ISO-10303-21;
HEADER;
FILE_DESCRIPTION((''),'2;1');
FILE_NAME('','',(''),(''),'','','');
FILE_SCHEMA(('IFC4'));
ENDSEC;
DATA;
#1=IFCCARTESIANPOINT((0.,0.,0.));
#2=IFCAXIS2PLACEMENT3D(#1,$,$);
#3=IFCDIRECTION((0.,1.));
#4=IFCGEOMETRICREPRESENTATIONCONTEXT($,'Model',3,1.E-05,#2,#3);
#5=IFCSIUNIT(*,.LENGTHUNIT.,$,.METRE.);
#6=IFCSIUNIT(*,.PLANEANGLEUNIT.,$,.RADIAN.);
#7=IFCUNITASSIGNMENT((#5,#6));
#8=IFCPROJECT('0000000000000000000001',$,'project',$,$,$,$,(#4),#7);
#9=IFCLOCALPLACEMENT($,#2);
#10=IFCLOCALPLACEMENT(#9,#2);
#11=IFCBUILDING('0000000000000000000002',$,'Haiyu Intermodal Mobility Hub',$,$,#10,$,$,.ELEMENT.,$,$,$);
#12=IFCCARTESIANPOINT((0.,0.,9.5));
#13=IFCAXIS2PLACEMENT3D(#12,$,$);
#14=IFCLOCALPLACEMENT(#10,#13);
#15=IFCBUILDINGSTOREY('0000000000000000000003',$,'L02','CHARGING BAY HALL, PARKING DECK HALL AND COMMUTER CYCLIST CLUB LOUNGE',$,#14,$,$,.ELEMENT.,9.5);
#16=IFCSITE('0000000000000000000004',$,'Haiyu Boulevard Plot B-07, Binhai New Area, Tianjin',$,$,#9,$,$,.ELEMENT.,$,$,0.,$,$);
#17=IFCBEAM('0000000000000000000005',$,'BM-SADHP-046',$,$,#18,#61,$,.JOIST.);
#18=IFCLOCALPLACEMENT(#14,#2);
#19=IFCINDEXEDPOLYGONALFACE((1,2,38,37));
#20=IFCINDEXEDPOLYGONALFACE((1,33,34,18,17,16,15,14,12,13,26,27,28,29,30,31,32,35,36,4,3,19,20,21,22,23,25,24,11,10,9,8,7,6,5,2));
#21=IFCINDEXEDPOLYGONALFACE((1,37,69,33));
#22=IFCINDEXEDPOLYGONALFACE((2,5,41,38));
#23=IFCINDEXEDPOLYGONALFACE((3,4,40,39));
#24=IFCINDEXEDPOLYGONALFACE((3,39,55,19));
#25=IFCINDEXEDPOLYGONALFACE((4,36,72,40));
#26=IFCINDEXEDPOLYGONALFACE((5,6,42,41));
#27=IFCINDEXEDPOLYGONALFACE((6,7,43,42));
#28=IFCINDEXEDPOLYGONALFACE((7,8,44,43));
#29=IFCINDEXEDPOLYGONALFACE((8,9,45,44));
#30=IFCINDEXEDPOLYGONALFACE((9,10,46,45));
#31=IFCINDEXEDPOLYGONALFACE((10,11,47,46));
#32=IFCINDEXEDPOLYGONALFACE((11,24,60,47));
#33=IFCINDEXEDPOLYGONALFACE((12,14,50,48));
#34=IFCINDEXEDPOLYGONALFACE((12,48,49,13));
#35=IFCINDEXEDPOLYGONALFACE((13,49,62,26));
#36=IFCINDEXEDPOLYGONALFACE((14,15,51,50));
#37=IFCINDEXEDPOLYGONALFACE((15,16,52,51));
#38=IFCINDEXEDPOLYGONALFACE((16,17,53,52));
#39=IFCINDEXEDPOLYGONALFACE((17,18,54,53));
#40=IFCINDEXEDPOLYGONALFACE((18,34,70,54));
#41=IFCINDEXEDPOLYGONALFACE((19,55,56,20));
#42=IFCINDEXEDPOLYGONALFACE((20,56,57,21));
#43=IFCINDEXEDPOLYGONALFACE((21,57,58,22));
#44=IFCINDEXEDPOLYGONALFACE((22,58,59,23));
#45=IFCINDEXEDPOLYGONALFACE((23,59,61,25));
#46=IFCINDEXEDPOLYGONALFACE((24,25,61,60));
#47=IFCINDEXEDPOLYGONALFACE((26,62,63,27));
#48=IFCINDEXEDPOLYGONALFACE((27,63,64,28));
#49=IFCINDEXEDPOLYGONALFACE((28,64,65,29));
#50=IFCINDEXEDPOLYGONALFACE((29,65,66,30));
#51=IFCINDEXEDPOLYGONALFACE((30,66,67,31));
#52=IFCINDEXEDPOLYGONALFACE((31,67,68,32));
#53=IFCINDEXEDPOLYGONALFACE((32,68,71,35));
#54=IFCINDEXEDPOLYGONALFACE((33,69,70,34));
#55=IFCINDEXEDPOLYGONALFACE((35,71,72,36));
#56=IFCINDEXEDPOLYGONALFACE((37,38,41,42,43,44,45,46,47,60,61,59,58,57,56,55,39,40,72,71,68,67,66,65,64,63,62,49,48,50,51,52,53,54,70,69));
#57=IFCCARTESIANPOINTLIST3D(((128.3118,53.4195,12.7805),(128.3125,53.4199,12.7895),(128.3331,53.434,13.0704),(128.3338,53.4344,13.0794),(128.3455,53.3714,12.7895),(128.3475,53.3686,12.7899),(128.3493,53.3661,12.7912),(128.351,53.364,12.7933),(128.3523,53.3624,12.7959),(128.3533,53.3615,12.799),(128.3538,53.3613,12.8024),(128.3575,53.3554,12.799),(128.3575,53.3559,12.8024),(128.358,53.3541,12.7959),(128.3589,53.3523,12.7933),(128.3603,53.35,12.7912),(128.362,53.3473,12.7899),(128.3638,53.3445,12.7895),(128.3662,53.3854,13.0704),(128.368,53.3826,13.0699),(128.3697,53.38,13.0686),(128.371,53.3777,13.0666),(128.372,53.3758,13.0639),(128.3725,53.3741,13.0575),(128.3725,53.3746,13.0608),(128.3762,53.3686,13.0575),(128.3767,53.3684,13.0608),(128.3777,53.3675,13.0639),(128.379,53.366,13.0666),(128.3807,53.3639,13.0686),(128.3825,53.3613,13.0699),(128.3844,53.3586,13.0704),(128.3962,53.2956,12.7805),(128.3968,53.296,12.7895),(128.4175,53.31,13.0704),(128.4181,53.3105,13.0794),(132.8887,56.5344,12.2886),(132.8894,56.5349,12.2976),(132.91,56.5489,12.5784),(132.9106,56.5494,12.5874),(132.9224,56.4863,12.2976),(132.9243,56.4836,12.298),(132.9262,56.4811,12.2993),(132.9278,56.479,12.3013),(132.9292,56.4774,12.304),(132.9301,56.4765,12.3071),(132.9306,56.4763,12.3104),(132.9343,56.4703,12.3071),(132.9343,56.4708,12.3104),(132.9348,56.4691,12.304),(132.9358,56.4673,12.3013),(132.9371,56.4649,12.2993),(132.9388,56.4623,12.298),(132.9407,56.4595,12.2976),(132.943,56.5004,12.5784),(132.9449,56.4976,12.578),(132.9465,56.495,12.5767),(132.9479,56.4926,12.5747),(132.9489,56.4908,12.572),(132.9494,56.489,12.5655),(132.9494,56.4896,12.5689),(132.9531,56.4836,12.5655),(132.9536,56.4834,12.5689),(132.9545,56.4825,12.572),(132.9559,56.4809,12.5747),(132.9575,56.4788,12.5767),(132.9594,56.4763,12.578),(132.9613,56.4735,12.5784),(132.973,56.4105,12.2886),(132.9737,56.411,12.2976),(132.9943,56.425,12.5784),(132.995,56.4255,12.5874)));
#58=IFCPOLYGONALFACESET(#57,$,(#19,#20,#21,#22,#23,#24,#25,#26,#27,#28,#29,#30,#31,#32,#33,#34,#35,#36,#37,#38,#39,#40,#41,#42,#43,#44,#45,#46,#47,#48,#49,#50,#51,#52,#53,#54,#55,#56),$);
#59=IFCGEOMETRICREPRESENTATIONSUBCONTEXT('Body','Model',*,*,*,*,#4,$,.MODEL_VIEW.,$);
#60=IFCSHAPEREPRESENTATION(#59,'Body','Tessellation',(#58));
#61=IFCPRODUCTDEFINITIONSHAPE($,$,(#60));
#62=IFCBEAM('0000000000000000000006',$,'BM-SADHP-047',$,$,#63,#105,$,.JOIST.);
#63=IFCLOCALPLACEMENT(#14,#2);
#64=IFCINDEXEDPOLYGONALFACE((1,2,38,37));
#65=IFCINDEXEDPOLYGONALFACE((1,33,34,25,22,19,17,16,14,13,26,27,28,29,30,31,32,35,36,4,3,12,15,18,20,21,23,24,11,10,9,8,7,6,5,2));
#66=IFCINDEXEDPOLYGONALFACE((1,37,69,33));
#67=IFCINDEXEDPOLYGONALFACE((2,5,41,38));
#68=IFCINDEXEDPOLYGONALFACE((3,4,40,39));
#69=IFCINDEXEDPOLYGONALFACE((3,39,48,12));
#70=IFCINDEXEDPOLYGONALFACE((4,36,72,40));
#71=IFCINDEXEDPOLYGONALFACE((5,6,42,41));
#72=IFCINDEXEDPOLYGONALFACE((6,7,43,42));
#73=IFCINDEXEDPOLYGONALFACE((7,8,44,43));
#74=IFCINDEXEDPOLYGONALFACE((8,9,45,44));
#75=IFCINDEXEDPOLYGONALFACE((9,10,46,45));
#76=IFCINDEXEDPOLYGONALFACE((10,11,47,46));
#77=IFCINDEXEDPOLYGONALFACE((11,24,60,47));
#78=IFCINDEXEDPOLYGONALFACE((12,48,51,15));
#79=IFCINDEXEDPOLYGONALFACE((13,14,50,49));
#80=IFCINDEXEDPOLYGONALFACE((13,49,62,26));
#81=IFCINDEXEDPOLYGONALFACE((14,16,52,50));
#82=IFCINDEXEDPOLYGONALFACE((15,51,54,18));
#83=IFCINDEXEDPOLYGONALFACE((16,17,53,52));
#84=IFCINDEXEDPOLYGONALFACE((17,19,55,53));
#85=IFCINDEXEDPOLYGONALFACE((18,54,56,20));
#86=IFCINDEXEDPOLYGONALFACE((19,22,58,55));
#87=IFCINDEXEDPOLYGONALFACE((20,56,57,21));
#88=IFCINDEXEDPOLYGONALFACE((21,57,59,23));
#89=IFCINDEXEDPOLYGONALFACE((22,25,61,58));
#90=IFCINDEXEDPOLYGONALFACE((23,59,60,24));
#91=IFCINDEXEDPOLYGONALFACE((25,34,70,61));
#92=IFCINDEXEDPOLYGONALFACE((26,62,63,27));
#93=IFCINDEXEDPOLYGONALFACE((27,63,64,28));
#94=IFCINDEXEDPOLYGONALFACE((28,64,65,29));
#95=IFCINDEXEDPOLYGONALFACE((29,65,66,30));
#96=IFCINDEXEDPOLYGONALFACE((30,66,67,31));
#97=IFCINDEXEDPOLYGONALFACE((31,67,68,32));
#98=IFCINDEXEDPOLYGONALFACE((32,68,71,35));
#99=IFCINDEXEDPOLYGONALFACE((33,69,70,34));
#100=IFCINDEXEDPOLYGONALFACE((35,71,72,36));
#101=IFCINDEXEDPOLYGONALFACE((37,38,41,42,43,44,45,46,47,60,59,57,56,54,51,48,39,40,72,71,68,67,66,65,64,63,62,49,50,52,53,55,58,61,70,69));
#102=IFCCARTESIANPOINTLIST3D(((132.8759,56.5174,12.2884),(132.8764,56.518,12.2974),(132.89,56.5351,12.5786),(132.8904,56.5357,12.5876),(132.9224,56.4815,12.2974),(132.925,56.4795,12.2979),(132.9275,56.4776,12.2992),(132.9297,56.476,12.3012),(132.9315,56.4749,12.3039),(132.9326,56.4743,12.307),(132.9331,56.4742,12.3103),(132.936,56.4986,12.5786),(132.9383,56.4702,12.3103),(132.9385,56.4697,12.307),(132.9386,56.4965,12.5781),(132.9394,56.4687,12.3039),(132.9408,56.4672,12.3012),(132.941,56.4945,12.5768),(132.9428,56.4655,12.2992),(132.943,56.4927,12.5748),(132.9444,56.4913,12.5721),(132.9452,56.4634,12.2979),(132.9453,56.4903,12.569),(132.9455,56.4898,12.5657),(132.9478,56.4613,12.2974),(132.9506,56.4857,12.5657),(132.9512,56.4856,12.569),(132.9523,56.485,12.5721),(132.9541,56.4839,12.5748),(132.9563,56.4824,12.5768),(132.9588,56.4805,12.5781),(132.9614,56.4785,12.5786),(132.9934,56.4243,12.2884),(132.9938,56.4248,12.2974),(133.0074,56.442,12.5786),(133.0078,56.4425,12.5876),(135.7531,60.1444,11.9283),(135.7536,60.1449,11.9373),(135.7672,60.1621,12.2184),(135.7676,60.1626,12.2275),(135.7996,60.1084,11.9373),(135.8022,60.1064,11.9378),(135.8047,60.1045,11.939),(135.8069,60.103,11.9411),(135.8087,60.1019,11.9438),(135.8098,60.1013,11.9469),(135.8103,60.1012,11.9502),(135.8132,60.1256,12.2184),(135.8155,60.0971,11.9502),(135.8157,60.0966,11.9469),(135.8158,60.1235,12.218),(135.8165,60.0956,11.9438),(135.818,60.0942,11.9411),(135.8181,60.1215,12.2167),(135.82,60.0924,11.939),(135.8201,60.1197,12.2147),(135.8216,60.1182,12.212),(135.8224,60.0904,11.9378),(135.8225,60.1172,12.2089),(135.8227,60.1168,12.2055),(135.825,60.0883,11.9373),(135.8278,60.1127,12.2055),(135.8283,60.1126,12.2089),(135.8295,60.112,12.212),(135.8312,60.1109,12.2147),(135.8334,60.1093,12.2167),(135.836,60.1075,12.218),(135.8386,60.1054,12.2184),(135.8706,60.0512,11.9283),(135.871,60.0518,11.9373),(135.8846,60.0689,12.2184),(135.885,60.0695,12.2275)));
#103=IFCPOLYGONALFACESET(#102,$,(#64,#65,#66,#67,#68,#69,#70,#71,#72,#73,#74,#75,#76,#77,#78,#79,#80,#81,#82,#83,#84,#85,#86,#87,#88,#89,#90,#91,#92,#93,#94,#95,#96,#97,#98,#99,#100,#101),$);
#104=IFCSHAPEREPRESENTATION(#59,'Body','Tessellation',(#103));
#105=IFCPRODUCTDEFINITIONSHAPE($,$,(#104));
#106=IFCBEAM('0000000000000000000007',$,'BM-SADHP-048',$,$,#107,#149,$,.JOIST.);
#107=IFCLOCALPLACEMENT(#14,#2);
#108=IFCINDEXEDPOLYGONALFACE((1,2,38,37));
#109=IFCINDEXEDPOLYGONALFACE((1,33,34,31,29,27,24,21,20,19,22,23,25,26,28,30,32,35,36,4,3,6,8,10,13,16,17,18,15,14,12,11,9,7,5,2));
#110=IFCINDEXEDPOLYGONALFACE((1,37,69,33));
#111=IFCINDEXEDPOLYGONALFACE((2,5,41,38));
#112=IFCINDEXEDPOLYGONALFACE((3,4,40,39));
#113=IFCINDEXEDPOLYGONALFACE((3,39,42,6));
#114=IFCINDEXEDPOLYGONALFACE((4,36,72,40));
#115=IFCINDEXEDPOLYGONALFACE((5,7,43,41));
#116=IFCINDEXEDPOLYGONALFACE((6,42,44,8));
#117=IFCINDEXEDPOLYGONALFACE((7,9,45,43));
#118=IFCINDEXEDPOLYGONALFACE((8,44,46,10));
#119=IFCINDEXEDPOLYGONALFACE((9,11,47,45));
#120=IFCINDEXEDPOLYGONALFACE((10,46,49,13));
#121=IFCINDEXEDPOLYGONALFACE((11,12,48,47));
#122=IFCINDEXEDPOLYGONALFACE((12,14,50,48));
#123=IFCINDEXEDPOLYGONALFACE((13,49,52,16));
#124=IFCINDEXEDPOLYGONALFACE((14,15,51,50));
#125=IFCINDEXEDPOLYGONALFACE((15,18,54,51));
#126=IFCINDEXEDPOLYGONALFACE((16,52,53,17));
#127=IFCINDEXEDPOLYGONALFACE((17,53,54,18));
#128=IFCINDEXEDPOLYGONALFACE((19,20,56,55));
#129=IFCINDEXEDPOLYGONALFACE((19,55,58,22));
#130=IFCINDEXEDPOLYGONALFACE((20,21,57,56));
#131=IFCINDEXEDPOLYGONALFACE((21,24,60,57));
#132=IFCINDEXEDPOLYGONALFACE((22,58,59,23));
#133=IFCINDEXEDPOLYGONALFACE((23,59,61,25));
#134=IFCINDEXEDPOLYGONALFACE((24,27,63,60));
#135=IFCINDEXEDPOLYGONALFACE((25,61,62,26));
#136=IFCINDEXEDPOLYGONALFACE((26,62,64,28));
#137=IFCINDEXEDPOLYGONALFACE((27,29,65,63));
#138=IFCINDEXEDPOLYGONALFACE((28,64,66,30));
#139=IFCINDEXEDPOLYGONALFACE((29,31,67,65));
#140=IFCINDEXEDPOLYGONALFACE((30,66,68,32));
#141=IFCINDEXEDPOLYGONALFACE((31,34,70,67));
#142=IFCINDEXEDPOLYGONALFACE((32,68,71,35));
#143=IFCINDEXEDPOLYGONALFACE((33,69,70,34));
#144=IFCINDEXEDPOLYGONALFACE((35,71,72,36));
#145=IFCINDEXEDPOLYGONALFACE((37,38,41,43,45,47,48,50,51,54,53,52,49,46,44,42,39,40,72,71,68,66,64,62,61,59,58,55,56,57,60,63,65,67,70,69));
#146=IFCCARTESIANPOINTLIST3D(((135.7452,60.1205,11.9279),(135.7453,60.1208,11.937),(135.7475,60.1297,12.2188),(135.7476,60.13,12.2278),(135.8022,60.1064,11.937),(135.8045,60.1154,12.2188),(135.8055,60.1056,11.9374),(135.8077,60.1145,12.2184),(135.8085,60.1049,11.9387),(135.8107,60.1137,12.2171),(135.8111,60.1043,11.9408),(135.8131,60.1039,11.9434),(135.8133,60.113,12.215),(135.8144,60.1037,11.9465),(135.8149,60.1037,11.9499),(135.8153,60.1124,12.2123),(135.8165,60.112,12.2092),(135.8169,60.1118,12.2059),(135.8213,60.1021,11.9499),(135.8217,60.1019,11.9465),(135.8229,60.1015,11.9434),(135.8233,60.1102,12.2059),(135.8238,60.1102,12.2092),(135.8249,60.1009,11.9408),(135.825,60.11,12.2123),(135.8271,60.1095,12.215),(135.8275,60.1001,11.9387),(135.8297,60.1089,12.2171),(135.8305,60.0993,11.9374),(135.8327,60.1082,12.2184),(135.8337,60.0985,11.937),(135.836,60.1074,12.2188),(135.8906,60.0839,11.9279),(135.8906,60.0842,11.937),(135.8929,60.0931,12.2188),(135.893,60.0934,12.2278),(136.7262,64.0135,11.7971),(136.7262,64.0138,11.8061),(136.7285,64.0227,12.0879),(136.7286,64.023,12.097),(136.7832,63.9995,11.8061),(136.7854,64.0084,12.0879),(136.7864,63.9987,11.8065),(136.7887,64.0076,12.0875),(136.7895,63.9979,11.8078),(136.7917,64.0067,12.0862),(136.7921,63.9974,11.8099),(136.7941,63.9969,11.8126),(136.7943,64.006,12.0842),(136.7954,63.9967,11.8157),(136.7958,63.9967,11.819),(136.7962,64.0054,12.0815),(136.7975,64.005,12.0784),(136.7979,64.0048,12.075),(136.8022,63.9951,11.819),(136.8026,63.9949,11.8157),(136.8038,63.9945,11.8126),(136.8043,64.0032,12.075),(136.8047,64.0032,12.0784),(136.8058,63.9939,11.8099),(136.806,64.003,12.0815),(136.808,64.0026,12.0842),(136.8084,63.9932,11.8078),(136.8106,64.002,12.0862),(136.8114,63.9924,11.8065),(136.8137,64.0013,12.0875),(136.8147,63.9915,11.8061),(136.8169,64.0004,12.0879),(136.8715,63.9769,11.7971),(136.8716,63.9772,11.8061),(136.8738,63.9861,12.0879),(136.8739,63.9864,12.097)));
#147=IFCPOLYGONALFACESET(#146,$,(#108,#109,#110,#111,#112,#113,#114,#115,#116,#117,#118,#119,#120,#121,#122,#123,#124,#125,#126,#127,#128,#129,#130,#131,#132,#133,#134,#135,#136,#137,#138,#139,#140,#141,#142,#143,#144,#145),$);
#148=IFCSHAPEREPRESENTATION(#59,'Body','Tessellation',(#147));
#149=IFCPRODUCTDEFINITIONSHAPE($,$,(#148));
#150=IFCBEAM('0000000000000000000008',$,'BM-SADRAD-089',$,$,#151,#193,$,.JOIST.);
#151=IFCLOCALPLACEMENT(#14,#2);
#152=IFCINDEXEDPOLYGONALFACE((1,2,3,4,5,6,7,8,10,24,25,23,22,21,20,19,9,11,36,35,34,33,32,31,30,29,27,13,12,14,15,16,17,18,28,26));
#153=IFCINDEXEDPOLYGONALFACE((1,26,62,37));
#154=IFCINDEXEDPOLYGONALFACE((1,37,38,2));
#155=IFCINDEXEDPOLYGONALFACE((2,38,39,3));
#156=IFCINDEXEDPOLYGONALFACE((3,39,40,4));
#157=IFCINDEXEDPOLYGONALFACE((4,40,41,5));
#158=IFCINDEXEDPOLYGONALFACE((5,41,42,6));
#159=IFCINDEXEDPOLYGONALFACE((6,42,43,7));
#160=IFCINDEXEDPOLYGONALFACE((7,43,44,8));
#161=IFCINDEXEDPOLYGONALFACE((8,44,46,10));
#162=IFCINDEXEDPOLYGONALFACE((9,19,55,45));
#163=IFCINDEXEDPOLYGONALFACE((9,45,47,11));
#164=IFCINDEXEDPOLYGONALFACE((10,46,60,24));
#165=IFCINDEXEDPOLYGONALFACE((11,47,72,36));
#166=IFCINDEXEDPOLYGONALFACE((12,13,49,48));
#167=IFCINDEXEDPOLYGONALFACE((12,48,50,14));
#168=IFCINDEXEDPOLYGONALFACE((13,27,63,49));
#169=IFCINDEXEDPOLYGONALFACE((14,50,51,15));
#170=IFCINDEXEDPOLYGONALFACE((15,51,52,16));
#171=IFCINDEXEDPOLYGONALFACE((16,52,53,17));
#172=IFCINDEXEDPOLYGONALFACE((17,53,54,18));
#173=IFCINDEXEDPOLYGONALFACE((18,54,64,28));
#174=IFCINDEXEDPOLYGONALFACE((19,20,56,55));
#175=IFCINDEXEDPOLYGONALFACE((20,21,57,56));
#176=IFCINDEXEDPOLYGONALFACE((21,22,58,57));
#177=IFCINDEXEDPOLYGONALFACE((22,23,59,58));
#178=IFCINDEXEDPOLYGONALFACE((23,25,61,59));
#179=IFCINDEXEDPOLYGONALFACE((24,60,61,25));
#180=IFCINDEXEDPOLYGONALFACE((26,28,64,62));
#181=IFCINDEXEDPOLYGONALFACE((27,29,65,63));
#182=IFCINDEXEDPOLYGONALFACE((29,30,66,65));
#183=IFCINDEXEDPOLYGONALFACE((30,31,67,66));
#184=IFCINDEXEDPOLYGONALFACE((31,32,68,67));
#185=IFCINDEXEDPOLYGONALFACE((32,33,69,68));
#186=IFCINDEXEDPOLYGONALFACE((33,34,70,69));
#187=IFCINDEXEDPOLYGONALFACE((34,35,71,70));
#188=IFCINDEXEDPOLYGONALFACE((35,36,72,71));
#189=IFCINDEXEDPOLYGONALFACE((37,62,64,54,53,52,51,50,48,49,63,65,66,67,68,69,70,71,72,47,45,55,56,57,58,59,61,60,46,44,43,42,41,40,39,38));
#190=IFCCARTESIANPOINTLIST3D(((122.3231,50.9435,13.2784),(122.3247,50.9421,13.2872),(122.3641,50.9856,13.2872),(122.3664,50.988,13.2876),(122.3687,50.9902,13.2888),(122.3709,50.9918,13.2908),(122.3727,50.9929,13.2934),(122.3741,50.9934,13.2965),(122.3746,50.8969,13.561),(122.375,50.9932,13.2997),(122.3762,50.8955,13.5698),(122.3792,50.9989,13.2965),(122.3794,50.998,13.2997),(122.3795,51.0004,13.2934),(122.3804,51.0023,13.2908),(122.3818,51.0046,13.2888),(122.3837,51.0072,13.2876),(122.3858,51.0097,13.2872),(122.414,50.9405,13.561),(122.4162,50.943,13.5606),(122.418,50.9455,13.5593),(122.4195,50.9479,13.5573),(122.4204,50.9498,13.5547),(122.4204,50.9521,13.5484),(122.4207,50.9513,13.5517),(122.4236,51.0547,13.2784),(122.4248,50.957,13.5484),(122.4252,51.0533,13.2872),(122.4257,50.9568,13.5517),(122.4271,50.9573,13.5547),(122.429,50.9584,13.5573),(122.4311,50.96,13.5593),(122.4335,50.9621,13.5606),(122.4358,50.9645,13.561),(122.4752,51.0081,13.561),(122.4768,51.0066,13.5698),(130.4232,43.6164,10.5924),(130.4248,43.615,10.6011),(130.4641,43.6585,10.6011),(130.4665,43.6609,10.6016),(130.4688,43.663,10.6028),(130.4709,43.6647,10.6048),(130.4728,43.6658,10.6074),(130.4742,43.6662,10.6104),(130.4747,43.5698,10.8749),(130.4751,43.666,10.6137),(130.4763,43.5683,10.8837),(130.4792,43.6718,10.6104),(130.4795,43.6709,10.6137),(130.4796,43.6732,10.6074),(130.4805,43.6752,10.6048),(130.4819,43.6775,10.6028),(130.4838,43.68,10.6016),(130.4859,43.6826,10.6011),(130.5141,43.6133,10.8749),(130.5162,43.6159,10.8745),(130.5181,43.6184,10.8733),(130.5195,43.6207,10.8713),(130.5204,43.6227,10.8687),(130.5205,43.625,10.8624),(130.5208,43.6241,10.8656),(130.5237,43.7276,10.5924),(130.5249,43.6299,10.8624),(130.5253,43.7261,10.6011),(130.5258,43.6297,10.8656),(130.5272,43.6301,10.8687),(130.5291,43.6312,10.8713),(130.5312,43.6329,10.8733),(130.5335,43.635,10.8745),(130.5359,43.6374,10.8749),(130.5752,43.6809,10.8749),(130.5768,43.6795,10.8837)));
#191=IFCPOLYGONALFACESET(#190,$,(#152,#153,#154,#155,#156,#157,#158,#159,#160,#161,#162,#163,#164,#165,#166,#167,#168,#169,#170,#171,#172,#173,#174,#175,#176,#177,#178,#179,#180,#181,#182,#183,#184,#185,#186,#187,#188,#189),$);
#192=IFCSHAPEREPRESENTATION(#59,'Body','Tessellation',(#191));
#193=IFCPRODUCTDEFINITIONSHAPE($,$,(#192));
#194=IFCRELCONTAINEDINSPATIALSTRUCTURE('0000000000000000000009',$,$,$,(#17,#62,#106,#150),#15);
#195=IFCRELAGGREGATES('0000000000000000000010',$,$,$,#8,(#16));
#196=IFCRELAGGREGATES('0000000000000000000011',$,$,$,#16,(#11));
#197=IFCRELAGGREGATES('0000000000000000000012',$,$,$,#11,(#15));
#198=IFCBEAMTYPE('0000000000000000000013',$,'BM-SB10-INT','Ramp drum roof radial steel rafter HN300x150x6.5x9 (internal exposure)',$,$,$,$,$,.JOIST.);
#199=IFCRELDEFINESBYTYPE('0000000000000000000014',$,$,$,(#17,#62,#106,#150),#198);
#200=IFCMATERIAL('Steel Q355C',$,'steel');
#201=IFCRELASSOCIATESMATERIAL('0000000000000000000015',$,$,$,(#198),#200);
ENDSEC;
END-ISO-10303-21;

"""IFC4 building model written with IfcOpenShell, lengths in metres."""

from ifc_helpers import new_model, si_unit, direction, frame, origin, origin_2d, place, context, subcontext, project, spatial, i_section, extrude, material, material_profile, profile_set, type_object, element, save


model = new_model("IFC4")

# Units and contexts
model_context = context("Model", 3, precision=1e-05, world=origin(), true_north=direction((0.0, 1.0)))
body_context = subcontext(model_context, "Body", "Model", "MODEL_VIEW")
ifc_project = project(units=[si_unit("LENGTHUNIT", "METRE"), si_unit("PLANEANGLEUNIT", "RADIAN")], contexts=[model_context])

# Site, building, storey
site_placement = place(None, origin())
site = spatial("IfcSite", under=ifc_project, at=site_placement, Name="Haiyu Boulevard Plot B-07, Binhai New Area, Tianjin", CompositionType="ELEMENT", RefElevation=0.0)
building_placement = place(site_placement, origin())
building = spatial("IfcBuilding", under=site, at=building_placement, Name="Haiyu Intermodal Mobility Hub", CompositionType="ELEMENT")
storey_placement = place(building_placement, frame((0.0, 0.0, 9.5)))
storey = spatial("IfcBuildingStorey", under=building, at=storey_placement, Name="L02", Description="CHARGING BAY HALL, PARKING DECK HALL AND COMMUTER CYCLIST CLUB LOUNGE", CompositionType="ELEMENT", Elevation=9.5)

# Beams
ifc_material_1 = material(Name="Steel Q355C", Category="steel")
ifc_material_profile_1 = material_profile(ifc_material_1, i_section(OverallWidth=0.1499, OverallDepth=0.3, WebThickness=0.0066, FlangeThickness=0.009, FilletRadius=0.0129, at=origin_2d()), Name="HN300x150x6.5x9")
ifc_profile_set_1 = profile_set([ifc_material_profile_1], Name="Steel Q355C")
beam_type_1 = type_object("IfcBeamType", Name="BM-SB10-INT", Description="Ramp drum roof radial steel rafter HN300x150x6.5x9 (internal exposure)", PredefinedType="JOIST", material=ifc_profile_set_1)
beam_1_placement = place(storey_placement, frame((128.365, 53.365, 12.9299), z_axis=(0.823456, 0.560435, -0.088508), x_axis=(-0.562643, 0.8267, 0.0)))
element("IfcBeam", 1, at=beam_1_placement, inside=storey, type_object=beam_type_1, Name="BM-SADHP-046", PredefinedType="JOIST", context=body_context, shape_type="SweptSolid", body=[
    extrude(i_section(OverallWidth=0.1499, OverallDepth=0.3, WebThickness=0.0066, FlangeThickness=0.009, FilletRadius=0.0129, at=origin_2d()), origin(), (0.0, 0.0, 1.0), 5.5581),
])
beam_2_placement = place(storey_placement, frame((132.9419, 56.48, 12.438), z_axis=(0.619609, 0.78107, -0.07755), x_axis=(-0.78343, 0.621481, 0.0)))
element("IfcBeam", 2, at=beam_2_placement, inside=storey, type_object=beam_type_1, Name="BM-SADHP-047", PredefinedType="JOIST", context=body_context, shape_type="SweptSolid", body=[
    extrude(i_section(OverallWidth=0.1499, OverallDepth=0.3, WebThickness=0.0066, FlangeThickness=0.009, FilletRadius=0.0129, at=origin_2d()), origin(), (0.0, 0.0, 1.0), 4.6436),
])
beam_3_placement = place(storey_placement, frame((135.8191, 60.1069, 12.0779), z_axis=(0.244208, 0.969175, -0.032577), x_axis=(-0.96969, 0.244338, 0.0)))
element("IfcBeam", 3, at=beam_3_placement, inside=storey, type_object=beam_type_1, Name="BM-SADHP-048", PredefinedType="JOIST", context=body_context, shape_type="SweptSolid", body=[
    extrude(i_section(OverallWidth=0.1499, OverallDepth=0.3, WebThickness=0.0066, FlangeThickness=0.009, FilletRadius=0.0129, at=origin_2d()), origin(), (0.0, 0.0, 1.0), 4.0168),
])
beam_4_placement = place(storey_placement, frame((130.5, 43.6479, 10.738), z_axis=(-0.720148, 0.651428, 0.238805), x_axis=(-0.670837, -0.741605, 0.0)))
element("IfcBeam", 4, at=beam_4_placement, inside=storey, type_object=beam_type_1, Name="BM-SADRAD-089", PredefinedType="JOIST", context=body_context, shape_type="SweptSolid", body=[
    extrude(i_section(OverallWidth=0.1499, OverallDepth=0.3, WebThickness=0.0066, FlangeThickness=0.009, FilletRadius=0.0129, at=origin_2d()), origin(), (0.0, 0.0, 1.0), 11.2478),
])

save(model, "model.ifc")
